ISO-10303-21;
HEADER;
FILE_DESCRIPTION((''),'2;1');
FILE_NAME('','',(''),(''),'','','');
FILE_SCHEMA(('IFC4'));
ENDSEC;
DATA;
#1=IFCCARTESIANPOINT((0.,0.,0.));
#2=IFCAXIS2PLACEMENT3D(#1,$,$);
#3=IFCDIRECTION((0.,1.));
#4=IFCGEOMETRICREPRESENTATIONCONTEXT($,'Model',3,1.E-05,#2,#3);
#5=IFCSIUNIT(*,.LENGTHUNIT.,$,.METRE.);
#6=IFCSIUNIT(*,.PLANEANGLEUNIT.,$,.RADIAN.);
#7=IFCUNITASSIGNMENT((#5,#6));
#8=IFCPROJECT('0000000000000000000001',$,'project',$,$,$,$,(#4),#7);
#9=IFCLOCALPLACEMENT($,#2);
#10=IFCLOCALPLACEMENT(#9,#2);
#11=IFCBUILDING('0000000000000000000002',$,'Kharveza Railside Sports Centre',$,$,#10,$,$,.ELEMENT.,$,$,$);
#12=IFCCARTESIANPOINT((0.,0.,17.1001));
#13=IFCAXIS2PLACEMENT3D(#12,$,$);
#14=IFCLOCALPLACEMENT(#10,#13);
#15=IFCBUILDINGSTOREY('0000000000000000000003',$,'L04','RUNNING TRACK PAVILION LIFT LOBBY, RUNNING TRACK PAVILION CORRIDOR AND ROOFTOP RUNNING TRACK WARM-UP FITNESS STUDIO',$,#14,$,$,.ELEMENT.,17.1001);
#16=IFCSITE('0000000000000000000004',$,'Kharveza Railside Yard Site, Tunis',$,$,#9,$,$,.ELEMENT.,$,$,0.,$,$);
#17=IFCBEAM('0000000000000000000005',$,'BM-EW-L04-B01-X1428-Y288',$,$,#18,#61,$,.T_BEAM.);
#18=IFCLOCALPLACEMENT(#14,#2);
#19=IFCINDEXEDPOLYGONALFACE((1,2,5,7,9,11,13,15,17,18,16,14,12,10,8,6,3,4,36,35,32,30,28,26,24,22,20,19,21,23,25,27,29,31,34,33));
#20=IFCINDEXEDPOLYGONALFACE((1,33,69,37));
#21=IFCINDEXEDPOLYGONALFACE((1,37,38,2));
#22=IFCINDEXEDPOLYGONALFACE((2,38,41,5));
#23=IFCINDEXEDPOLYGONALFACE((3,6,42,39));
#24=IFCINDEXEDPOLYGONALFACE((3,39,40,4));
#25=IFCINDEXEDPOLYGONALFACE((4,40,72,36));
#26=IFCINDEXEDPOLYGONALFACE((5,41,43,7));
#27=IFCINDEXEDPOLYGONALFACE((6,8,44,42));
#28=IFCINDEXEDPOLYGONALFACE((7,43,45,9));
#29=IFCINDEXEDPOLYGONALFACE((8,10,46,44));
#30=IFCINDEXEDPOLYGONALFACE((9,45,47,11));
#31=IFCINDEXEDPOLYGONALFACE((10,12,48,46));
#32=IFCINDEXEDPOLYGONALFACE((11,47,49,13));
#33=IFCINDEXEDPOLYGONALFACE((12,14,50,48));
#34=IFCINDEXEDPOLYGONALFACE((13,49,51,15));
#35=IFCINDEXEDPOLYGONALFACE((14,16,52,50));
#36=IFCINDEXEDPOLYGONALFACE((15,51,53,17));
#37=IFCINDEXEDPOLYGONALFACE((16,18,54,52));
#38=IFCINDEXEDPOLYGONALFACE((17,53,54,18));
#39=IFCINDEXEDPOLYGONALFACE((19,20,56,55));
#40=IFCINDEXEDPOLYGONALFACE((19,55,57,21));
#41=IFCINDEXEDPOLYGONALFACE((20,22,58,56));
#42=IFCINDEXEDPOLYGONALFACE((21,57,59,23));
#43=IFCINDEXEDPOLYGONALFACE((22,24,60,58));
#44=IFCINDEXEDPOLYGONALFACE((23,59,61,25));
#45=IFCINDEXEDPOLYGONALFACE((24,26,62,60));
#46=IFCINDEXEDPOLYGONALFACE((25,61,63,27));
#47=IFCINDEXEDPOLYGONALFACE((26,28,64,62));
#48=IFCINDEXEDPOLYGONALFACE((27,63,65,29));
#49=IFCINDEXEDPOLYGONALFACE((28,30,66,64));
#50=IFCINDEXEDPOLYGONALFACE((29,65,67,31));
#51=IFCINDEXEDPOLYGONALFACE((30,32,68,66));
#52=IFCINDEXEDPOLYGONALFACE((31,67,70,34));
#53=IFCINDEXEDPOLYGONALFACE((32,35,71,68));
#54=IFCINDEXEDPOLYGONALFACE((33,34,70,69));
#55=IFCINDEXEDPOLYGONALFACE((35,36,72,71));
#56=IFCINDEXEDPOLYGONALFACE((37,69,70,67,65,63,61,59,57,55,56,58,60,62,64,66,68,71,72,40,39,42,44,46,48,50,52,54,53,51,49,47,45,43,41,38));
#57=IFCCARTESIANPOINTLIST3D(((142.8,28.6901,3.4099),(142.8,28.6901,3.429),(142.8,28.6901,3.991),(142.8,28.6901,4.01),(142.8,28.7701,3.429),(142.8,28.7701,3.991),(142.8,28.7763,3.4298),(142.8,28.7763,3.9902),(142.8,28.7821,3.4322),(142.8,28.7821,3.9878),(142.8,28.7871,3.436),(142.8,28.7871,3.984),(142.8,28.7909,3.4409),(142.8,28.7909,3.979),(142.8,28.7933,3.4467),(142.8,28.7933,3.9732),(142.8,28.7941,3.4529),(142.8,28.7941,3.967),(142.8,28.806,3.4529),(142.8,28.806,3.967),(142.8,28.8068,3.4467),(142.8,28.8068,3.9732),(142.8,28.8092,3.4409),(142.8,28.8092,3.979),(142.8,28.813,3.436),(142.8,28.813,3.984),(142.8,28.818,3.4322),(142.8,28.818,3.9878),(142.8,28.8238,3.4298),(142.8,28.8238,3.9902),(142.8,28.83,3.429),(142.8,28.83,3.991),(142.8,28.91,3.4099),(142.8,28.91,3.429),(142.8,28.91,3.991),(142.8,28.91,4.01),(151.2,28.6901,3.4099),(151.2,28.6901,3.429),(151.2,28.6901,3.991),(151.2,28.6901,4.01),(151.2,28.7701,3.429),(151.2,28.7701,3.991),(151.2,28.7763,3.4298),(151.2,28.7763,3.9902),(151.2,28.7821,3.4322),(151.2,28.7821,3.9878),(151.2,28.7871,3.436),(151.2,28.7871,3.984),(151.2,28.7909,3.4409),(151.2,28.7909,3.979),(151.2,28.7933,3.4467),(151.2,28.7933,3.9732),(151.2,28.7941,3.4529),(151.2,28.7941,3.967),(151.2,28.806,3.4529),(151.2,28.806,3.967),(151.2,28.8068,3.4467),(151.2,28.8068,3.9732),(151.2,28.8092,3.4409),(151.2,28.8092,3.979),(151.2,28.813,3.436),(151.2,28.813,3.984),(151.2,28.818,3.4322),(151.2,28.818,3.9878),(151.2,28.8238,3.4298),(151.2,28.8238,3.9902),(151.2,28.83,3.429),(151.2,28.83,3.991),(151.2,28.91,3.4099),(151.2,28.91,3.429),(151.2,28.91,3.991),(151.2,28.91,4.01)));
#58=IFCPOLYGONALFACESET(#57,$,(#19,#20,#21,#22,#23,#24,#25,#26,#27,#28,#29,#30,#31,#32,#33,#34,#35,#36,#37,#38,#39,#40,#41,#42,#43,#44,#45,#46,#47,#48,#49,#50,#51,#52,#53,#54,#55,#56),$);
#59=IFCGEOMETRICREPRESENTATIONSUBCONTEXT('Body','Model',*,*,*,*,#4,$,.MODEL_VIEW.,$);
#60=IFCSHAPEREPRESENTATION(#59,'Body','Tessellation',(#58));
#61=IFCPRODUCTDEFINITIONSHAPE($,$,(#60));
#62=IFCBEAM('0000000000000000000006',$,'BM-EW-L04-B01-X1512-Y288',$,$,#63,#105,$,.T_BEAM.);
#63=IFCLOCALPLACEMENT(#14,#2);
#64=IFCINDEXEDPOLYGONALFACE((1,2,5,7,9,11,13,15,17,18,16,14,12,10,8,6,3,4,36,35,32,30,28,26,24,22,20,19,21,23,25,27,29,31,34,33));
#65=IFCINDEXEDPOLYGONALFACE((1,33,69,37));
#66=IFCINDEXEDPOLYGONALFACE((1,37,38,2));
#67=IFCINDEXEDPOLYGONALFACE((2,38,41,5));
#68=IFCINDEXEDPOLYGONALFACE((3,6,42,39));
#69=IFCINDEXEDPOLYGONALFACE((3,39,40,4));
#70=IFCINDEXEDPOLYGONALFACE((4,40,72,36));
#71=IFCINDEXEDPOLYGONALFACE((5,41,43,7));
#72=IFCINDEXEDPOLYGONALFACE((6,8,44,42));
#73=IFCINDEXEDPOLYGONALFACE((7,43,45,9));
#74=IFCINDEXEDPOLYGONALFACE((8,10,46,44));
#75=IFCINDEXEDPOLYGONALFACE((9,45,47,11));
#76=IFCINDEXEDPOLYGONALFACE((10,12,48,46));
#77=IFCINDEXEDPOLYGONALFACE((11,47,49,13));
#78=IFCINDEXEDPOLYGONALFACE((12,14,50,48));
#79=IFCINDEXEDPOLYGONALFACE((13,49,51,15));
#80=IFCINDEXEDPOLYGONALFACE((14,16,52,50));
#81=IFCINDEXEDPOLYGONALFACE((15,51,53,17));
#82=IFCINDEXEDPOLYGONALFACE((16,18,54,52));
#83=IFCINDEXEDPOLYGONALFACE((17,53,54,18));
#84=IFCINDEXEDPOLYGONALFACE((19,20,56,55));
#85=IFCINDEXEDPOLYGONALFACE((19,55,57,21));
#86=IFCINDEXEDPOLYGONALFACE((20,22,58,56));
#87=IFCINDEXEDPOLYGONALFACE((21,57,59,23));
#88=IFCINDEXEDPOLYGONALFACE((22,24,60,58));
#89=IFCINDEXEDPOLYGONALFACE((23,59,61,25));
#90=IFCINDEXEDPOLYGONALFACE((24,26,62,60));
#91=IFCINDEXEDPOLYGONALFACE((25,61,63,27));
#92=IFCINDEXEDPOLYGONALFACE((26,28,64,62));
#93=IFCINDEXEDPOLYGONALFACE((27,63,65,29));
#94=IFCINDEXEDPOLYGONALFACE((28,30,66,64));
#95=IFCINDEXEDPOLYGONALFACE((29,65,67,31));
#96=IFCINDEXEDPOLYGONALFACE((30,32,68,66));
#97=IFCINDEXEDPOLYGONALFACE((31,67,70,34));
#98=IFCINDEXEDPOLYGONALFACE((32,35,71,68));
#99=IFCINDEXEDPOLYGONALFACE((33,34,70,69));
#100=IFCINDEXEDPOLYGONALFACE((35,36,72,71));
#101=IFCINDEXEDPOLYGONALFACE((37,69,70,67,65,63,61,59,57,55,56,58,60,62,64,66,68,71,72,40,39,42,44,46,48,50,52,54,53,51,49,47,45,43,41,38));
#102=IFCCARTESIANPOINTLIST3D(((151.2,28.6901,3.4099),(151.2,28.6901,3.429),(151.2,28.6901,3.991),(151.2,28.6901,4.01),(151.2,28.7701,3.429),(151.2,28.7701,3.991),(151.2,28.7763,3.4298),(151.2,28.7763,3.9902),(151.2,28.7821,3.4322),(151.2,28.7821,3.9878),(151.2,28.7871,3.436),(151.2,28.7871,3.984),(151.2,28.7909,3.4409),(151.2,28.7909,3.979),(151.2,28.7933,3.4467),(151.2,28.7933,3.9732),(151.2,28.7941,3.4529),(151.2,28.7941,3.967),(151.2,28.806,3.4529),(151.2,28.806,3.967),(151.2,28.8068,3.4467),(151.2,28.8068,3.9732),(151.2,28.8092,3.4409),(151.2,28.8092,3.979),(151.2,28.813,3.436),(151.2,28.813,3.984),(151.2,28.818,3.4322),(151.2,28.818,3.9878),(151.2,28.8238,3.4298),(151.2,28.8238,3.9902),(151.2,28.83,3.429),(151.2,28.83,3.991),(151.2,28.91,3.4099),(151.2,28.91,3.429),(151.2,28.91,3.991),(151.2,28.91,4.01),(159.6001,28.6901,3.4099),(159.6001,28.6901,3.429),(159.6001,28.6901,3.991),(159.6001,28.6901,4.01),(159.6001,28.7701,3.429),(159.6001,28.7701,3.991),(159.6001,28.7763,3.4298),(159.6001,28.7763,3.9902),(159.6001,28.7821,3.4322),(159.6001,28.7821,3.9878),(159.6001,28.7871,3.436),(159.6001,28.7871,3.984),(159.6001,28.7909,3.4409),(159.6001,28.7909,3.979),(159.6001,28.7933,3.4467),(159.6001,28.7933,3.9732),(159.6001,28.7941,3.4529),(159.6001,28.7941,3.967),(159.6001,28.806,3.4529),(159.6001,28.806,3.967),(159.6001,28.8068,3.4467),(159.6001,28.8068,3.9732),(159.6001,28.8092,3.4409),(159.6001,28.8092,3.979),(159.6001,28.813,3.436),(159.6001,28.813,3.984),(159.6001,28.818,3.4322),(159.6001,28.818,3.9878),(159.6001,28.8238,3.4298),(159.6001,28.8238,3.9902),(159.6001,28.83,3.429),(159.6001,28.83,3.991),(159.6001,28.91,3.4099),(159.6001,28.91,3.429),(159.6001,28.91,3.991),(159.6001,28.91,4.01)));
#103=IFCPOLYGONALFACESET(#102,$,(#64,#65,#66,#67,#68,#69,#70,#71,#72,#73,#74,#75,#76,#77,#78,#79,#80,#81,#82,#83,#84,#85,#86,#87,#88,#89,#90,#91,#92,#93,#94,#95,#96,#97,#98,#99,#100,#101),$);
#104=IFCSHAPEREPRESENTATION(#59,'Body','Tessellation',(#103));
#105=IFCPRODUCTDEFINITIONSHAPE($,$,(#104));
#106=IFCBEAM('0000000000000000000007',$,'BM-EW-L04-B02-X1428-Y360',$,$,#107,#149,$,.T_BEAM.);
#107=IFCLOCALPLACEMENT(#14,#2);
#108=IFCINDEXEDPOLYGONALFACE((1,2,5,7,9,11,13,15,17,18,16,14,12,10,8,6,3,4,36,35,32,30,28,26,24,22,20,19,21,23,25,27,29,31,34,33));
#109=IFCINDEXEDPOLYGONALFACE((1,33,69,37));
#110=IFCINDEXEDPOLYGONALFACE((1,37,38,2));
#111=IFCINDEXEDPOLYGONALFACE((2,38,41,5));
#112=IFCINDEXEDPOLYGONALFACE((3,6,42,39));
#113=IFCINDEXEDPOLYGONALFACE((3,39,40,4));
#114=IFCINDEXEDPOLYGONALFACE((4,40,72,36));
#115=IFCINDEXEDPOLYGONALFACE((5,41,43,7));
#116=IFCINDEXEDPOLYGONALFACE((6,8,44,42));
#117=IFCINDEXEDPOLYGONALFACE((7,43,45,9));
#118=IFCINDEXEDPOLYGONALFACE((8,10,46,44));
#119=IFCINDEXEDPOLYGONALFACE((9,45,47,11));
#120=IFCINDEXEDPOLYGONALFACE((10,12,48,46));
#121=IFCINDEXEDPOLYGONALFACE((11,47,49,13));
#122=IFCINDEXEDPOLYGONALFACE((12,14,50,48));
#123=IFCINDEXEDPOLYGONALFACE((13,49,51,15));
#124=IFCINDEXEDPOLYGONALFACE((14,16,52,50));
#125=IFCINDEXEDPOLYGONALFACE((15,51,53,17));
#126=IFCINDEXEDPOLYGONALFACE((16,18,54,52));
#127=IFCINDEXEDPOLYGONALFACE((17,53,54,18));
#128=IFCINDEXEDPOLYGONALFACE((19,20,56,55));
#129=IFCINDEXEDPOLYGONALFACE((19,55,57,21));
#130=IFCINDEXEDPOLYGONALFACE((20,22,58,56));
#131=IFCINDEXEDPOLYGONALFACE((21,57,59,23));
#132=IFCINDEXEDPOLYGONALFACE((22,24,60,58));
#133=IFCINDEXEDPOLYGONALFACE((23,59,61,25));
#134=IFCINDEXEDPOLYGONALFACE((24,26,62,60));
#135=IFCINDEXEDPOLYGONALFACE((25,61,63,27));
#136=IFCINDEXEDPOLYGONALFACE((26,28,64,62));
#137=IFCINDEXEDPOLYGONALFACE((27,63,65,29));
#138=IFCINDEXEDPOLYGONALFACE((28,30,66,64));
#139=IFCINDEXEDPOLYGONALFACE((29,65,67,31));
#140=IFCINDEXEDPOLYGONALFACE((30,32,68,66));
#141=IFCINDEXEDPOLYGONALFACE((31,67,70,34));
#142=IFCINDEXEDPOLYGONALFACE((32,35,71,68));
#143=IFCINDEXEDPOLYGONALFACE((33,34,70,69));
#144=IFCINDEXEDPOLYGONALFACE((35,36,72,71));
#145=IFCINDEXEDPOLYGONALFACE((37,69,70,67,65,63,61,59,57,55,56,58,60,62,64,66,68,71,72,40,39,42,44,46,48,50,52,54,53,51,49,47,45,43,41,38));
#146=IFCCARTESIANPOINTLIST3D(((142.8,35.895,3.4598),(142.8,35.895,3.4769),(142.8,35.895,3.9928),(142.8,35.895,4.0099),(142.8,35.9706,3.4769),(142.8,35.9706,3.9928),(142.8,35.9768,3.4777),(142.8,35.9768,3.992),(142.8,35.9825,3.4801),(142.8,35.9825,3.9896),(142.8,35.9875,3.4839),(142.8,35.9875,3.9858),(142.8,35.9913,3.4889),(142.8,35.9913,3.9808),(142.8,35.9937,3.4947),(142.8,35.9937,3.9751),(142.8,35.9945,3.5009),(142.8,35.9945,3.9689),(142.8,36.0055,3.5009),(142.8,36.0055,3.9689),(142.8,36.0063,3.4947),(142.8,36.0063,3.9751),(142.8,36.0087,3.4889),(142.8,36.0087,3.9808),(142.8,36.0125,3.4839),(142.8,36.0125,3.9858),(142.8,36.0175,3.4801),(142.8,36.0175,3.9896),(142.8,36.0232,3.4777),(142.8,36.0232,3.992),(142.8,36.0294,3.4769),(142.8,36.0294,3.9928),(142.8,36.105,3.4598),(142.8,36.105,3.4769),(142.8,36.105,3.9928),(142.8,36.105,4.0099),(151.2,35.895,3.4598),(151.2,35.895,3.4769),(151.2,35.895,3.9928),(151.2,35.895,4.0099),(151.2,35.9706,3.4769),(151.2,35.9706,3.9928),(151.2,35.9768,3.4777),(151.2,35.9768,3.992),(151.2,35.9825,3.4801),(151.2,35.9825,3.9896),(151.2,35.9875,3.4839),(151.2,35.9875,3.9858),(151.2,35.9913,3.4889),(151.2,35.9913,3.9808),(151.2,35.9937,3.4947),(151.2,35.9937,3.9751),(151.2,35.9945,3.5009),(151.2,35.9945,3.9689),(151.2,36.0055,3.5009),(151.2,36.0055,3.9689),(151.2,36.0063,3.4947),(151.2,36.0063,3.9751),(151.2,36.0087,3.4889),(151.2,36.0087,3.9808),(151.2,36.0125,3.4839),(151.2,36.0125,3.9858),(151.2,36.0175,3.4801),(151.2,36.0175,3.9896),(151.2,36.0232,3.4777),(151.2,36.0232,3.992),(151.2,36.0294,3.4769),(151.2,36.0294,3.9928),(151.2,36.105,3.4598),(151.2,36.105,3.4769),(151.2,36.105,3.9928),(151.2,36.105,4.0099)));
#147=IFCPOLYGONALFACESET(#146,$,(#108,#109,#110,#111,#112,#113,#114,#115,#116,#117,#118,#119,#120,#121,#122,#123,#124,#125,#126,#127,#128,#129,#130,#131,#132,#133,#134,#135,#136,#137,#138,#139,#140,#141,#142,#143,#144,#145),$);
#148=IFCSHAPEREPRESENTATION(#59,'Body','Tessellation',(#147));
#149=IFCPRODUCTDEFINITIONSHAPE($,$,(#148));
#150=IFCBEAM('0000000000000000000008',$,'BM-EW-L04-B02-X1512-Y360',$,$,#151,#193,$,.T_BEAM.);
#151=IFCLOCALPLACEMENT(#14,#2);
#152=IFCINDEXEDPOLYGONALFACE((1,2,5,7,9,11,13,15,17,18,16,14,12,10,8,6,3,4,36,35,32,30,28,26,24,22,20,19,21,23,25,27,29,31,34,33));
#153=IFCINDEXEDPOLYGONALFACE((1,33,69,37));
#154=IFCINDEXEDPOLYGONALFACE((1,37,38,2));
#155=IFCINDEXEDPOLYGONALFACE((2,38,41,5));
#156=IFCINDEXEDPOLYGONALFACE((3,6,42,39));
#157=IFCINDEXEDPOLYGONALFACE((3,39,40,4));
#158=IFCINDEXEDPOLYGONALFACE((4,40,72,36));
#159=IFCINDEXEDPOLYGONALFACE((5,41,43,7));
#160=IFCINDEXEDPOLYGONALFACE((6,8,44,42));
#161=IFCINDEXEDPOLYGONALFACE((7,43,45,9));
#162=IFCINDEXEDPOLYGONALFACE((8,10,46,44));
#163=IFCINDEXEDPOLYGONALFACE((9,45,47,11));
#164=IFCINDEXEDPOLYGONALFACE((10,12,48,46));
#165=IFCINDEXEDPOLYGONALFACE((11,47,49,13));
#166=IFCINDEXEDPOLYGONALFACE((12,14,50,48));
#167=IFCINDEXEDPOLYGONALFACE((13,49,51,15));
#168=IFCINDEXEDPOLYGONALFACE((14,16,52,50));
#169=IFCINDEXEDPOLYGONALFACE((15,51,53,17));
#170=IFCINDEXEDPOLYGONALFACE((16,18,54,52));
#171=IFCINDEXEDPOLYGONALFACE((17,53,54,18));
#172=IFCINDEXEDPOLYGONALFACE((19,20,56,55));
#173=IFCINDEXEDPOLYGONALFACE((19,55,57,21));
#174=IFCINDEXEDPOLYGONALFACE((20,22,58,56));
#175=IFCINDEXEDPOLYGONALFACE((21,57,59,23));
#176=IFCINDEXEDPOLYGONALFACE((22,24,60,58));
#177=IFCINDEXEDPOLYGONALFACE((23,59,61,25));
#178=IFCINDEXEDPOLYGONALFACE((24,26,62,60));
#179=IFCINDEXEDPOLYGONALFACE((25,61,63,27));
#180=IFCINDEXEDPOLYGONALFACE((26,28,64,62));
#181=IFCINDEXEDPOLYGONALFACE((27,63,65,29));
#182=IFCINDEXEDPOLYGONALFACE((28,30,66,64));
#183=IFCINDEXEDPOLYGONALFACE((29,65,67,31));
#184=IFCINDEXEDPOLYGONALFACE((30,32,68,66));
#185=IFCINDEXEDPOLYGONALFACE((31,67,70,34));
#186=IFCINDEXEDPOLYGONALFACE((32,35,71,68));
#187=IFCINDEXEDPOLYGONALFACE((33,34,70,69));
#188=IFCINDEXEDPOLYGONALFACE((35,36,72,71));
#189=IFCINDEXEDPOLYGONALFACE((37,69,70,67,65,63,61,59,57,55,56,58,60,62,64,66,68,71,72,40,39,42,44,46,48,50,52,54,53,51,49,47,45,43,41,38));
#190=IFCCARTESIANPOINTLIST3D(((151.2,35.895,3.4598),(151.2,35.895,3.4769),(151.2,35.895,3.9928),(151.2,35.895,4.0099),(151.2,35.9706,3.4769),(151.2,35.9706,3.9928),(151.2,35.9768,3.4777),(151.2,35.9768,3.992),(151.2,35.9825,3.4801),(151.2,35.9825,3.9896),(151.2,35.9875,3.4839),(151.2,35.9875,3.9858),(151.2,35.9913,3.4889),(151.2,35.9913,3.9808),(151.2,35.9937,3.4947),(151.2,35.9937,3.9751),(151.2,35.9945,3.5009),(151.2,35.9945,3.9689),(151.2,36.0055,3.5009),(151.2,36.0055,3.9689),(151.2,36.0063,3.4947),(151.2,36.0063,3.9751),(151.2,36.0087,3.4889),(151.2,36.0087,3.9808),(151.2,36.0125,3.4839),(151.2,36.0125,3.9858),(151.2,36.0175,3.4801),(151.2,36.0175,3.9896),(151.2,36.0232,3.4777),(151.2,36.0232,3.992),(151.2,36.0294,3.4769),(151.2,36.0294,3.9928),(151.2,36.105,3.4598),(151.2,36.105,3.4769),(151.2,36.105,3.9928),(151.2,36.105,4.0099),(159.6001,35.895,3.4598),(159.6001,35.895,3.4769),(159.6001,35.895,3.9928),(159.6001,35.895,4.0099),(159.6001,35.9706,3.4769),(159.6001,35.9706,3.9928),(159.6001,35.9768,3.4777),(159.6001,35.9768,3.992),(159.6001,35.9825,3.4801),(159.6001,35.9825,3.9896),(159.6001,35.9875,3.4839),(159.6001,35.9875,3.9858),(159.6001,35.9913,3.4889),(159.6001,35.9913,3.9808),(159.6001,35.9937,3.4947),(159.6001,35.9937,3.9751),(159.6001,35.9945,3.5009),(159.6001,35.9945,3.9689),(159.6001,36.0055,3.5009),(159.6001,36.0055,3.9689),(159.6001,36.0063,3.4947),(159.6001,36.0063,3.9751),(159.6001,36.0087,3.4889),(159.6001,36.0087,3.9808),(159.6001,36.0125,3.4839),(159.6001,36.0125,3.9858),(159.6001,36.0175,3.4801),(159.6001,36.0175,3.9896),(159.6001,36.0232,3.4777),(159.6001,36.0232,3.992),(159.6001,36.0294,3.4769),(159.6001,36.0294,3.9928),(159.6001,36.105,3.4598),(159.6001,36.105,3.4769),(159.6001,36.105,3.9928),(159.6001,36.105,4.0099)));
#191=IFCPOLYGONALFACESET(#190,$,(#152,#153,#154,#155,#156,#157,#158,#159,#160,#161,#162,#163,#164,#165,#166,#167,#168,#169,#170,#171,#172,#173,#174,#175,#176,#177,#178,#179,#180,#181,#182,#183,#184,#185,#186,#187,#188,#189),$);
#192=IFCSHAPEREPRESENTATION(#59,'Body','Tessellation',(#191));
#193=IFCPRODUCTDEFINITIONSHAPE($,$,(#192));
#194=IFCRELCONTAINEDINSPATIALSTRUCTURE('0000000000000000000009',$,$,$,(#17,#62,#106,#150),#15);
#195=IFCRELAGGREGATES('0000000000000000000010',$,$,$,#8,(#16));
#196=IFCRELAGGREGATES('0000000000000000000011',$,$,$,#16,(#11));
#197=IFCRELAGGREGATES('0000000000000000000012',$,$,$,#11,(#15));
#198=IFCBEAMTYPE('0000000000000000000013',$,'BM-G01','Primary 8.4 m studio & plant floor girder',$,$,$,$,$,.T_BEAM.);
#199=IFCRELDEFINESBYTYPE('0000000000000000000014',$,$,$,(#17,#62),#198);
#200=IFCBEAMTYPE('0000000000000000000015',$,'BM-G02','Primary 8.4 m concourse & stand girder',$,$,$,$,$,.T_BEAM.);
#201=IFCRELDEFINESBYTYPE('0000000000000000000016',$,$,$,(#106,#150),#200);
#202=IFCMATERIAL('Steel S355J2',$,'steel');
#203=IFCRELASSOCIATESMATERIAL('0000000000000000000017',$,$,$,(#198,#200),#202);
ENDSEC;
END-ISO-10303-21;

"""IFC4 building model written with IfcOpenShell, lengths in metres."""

from ifc_helpers import new_model, si_unit, direction, frame, origin, origin_2d, place, context, subcontext, project, spatial, i_section, extrude, material, material_profile, profile_set, type_object, element, save


model = new_model("IFC4")

# Units and contexts
model_context = context("Model", 3, precision=1e-05, world=origin(), true_north=direction((0.0, 1.0)))
body_context = subcontext(model_context, "Body", "Model", "MODEL_VIEW")
ifc_project = project(units=[si_unit("LENGTHUNIT", "METRE"), si_unit("PLANEANGLEUNIT", "RADIAN")], contexts=[model_context])

# Site, building, storey
site_placement = place(None, origin())
site = spatial("IfcSite", under=ifc_project, at=site_placement, Name="Kharveza Railside Yard Site, Tunis", CompositionType="ELEMENT", RefElevation=0.0)
building_placement = place(site_placement, origin())
building = spatial("IfcBuilding", under=site, at=building_placement, Name="Kharveza Railside Sports Centre", CompositionType="ELEMENT")
storey_placement = place(building_placement, frame((0.0, 0.0, 17.1001)))
storey = spatial("IfcBuildingStorey", under=building, at=storey_placement, Name="L04", Description="RUNNING TRACK PAVILION LIFT LOBBY, RUNNING TRACK PAVILION CORRIDOR AND ROOFTOP RUNNING TRACK WARM-UP FITNESS STUDIO", CompositionType="ELEMENT", Elevation=17.1001)

# Shared definitions
ifc_material_1 = material(Name="Steel S355J2", Category="steel")

# Beams
ifc_material_profile_1 = material_profile(ifc_material_1, i_section(OverallWidth=0.22, OverallDepth=0.6001, WebThickness=0.012, FlangeThickness=0.019, FilletRadius=0.0239, at=origin_2d()), Name="IPE 600")
ifc_profile_set_1 = profile_set([ifc_material_profile_1], Name="Steel S355J2")
beam_type_1 = type_object("IfcBeamType", Name="BM-G01", Description="Primary 8.4 m studio & plant floor girder", PredefinedType="T_BEAM", material=ifc_profile_set_1)
beam_1_placement = place(storey_placement, frame((142.8, 28.8, 3.71), z_axis=(1.0, 0.0, 0.0), x_axis=(0.0, 1.0, 0.0)))
element("IfcBeam", 1, at=beam_1_placement, inside=storey, type_object=beam_type_1, Name="BM-EW-L04-B01-X1428-Y288", PredefinedType="T_BEAM", context=body_context, shape_type="SweptSolid", body=[
    extrude(i_section(OverallWidth=0.22, OverallDepth=0.6001, WebThickness=0.012, FlangeThickness=0.019, FilletRadius=0.0239, at=origin_2d()), origin(), (0.0, 0.0, 1.0), 8.3999),
])
beam_2_placement = place(storey_placement, frame((151.2, 28.8, 3.71), z_axis=(1.0, 0.0, 0.0), x_axis=(0.0, 1.0, 0.0)))
element("IfcBeam", 2, at=beam_2_placement, inside=storey, type_object=beam_type_1, Name="BM-EW-L04-B01-X1512-Y288", PredefinedType="T_BEAM", context=body_context, shape_type="SweptSolid", body=[
    extrude(i_section(OverallWidth=0.22, OverallDepth=0.6001, WebThickness=0.012, FlangeThickness=0.019, FilletRadius=0.0239, at=origin_2d()), origin(), (0.0, 0.0, 1.0), 8.4001),
])
ifc_material_profile_2 = material_profile(ifc_material_1, i_section(OverallWidth=0.21, OverallDepth=0.55, WebThickness=0.011, FlangeThickness=0.0171, FilletRadius=0.0239, at=origin_2d()), Name="IPE 550")
ifc_profile_set_2 = profile_set([ifc_material_profile_2], Name="Steel S355J2")
beam_type_2 = type_object("IfcBeamType", Name="BM-G02", Description="Primary 8.4 m concourse & stand girder", PredefinedType="T_BEAM", material=ifc_profile_set_2)
beam_3_placement = place(storey_placement, frame((142.8, 36.0, 3.7349), z_axis=(1.0, 0.0, 0.0), x_axis=(0.0, 1.0, 0.0)))
element("IfcBeam", 3, at=beam_3_placement, inside=storey, type_object=beam_type_2, Name="BM-EW-L04-B02-X1428-Y360", PredefinedType="T_BEAM", context=body_context, shape_type="SweptSolid", body=[
    extrude(i_section(OverallWidth=0.21, OverallDepth=0.55, WebThickness=0.011, FlangeThickness=0.0171, FilletRadius=0.0239, at=origin_2d()), origin(), (0.0, 0.0, 1.0), 8.3999),
])
beam_4_placement = place(storey_placement, frame((151.2, 36.0, 3.7349), z_axis=(1.0, 0.0, 0.0), x_axis=(0.0, 1.0, 0.0)))
element("IfcBeam", 4, at=beam_4_placement, inside=storey, type_object=beam_type_2, Name="BM-EW-L04-B02-X1512-Y360", PredefinedType="T_BEAM", context=body_context, shape_type="SweptSolid", body=[
    extrude(i_section(OverallWidth=0.21, OverallDepth=0.55, WebThickness=0.011, FlangeThickness=0.0171, FilletRadius=0.0239, at=origin_2d()), origin(), (0.0, 0.0, 1.0), 8.4001),
])

save(model, "model.ifc")
